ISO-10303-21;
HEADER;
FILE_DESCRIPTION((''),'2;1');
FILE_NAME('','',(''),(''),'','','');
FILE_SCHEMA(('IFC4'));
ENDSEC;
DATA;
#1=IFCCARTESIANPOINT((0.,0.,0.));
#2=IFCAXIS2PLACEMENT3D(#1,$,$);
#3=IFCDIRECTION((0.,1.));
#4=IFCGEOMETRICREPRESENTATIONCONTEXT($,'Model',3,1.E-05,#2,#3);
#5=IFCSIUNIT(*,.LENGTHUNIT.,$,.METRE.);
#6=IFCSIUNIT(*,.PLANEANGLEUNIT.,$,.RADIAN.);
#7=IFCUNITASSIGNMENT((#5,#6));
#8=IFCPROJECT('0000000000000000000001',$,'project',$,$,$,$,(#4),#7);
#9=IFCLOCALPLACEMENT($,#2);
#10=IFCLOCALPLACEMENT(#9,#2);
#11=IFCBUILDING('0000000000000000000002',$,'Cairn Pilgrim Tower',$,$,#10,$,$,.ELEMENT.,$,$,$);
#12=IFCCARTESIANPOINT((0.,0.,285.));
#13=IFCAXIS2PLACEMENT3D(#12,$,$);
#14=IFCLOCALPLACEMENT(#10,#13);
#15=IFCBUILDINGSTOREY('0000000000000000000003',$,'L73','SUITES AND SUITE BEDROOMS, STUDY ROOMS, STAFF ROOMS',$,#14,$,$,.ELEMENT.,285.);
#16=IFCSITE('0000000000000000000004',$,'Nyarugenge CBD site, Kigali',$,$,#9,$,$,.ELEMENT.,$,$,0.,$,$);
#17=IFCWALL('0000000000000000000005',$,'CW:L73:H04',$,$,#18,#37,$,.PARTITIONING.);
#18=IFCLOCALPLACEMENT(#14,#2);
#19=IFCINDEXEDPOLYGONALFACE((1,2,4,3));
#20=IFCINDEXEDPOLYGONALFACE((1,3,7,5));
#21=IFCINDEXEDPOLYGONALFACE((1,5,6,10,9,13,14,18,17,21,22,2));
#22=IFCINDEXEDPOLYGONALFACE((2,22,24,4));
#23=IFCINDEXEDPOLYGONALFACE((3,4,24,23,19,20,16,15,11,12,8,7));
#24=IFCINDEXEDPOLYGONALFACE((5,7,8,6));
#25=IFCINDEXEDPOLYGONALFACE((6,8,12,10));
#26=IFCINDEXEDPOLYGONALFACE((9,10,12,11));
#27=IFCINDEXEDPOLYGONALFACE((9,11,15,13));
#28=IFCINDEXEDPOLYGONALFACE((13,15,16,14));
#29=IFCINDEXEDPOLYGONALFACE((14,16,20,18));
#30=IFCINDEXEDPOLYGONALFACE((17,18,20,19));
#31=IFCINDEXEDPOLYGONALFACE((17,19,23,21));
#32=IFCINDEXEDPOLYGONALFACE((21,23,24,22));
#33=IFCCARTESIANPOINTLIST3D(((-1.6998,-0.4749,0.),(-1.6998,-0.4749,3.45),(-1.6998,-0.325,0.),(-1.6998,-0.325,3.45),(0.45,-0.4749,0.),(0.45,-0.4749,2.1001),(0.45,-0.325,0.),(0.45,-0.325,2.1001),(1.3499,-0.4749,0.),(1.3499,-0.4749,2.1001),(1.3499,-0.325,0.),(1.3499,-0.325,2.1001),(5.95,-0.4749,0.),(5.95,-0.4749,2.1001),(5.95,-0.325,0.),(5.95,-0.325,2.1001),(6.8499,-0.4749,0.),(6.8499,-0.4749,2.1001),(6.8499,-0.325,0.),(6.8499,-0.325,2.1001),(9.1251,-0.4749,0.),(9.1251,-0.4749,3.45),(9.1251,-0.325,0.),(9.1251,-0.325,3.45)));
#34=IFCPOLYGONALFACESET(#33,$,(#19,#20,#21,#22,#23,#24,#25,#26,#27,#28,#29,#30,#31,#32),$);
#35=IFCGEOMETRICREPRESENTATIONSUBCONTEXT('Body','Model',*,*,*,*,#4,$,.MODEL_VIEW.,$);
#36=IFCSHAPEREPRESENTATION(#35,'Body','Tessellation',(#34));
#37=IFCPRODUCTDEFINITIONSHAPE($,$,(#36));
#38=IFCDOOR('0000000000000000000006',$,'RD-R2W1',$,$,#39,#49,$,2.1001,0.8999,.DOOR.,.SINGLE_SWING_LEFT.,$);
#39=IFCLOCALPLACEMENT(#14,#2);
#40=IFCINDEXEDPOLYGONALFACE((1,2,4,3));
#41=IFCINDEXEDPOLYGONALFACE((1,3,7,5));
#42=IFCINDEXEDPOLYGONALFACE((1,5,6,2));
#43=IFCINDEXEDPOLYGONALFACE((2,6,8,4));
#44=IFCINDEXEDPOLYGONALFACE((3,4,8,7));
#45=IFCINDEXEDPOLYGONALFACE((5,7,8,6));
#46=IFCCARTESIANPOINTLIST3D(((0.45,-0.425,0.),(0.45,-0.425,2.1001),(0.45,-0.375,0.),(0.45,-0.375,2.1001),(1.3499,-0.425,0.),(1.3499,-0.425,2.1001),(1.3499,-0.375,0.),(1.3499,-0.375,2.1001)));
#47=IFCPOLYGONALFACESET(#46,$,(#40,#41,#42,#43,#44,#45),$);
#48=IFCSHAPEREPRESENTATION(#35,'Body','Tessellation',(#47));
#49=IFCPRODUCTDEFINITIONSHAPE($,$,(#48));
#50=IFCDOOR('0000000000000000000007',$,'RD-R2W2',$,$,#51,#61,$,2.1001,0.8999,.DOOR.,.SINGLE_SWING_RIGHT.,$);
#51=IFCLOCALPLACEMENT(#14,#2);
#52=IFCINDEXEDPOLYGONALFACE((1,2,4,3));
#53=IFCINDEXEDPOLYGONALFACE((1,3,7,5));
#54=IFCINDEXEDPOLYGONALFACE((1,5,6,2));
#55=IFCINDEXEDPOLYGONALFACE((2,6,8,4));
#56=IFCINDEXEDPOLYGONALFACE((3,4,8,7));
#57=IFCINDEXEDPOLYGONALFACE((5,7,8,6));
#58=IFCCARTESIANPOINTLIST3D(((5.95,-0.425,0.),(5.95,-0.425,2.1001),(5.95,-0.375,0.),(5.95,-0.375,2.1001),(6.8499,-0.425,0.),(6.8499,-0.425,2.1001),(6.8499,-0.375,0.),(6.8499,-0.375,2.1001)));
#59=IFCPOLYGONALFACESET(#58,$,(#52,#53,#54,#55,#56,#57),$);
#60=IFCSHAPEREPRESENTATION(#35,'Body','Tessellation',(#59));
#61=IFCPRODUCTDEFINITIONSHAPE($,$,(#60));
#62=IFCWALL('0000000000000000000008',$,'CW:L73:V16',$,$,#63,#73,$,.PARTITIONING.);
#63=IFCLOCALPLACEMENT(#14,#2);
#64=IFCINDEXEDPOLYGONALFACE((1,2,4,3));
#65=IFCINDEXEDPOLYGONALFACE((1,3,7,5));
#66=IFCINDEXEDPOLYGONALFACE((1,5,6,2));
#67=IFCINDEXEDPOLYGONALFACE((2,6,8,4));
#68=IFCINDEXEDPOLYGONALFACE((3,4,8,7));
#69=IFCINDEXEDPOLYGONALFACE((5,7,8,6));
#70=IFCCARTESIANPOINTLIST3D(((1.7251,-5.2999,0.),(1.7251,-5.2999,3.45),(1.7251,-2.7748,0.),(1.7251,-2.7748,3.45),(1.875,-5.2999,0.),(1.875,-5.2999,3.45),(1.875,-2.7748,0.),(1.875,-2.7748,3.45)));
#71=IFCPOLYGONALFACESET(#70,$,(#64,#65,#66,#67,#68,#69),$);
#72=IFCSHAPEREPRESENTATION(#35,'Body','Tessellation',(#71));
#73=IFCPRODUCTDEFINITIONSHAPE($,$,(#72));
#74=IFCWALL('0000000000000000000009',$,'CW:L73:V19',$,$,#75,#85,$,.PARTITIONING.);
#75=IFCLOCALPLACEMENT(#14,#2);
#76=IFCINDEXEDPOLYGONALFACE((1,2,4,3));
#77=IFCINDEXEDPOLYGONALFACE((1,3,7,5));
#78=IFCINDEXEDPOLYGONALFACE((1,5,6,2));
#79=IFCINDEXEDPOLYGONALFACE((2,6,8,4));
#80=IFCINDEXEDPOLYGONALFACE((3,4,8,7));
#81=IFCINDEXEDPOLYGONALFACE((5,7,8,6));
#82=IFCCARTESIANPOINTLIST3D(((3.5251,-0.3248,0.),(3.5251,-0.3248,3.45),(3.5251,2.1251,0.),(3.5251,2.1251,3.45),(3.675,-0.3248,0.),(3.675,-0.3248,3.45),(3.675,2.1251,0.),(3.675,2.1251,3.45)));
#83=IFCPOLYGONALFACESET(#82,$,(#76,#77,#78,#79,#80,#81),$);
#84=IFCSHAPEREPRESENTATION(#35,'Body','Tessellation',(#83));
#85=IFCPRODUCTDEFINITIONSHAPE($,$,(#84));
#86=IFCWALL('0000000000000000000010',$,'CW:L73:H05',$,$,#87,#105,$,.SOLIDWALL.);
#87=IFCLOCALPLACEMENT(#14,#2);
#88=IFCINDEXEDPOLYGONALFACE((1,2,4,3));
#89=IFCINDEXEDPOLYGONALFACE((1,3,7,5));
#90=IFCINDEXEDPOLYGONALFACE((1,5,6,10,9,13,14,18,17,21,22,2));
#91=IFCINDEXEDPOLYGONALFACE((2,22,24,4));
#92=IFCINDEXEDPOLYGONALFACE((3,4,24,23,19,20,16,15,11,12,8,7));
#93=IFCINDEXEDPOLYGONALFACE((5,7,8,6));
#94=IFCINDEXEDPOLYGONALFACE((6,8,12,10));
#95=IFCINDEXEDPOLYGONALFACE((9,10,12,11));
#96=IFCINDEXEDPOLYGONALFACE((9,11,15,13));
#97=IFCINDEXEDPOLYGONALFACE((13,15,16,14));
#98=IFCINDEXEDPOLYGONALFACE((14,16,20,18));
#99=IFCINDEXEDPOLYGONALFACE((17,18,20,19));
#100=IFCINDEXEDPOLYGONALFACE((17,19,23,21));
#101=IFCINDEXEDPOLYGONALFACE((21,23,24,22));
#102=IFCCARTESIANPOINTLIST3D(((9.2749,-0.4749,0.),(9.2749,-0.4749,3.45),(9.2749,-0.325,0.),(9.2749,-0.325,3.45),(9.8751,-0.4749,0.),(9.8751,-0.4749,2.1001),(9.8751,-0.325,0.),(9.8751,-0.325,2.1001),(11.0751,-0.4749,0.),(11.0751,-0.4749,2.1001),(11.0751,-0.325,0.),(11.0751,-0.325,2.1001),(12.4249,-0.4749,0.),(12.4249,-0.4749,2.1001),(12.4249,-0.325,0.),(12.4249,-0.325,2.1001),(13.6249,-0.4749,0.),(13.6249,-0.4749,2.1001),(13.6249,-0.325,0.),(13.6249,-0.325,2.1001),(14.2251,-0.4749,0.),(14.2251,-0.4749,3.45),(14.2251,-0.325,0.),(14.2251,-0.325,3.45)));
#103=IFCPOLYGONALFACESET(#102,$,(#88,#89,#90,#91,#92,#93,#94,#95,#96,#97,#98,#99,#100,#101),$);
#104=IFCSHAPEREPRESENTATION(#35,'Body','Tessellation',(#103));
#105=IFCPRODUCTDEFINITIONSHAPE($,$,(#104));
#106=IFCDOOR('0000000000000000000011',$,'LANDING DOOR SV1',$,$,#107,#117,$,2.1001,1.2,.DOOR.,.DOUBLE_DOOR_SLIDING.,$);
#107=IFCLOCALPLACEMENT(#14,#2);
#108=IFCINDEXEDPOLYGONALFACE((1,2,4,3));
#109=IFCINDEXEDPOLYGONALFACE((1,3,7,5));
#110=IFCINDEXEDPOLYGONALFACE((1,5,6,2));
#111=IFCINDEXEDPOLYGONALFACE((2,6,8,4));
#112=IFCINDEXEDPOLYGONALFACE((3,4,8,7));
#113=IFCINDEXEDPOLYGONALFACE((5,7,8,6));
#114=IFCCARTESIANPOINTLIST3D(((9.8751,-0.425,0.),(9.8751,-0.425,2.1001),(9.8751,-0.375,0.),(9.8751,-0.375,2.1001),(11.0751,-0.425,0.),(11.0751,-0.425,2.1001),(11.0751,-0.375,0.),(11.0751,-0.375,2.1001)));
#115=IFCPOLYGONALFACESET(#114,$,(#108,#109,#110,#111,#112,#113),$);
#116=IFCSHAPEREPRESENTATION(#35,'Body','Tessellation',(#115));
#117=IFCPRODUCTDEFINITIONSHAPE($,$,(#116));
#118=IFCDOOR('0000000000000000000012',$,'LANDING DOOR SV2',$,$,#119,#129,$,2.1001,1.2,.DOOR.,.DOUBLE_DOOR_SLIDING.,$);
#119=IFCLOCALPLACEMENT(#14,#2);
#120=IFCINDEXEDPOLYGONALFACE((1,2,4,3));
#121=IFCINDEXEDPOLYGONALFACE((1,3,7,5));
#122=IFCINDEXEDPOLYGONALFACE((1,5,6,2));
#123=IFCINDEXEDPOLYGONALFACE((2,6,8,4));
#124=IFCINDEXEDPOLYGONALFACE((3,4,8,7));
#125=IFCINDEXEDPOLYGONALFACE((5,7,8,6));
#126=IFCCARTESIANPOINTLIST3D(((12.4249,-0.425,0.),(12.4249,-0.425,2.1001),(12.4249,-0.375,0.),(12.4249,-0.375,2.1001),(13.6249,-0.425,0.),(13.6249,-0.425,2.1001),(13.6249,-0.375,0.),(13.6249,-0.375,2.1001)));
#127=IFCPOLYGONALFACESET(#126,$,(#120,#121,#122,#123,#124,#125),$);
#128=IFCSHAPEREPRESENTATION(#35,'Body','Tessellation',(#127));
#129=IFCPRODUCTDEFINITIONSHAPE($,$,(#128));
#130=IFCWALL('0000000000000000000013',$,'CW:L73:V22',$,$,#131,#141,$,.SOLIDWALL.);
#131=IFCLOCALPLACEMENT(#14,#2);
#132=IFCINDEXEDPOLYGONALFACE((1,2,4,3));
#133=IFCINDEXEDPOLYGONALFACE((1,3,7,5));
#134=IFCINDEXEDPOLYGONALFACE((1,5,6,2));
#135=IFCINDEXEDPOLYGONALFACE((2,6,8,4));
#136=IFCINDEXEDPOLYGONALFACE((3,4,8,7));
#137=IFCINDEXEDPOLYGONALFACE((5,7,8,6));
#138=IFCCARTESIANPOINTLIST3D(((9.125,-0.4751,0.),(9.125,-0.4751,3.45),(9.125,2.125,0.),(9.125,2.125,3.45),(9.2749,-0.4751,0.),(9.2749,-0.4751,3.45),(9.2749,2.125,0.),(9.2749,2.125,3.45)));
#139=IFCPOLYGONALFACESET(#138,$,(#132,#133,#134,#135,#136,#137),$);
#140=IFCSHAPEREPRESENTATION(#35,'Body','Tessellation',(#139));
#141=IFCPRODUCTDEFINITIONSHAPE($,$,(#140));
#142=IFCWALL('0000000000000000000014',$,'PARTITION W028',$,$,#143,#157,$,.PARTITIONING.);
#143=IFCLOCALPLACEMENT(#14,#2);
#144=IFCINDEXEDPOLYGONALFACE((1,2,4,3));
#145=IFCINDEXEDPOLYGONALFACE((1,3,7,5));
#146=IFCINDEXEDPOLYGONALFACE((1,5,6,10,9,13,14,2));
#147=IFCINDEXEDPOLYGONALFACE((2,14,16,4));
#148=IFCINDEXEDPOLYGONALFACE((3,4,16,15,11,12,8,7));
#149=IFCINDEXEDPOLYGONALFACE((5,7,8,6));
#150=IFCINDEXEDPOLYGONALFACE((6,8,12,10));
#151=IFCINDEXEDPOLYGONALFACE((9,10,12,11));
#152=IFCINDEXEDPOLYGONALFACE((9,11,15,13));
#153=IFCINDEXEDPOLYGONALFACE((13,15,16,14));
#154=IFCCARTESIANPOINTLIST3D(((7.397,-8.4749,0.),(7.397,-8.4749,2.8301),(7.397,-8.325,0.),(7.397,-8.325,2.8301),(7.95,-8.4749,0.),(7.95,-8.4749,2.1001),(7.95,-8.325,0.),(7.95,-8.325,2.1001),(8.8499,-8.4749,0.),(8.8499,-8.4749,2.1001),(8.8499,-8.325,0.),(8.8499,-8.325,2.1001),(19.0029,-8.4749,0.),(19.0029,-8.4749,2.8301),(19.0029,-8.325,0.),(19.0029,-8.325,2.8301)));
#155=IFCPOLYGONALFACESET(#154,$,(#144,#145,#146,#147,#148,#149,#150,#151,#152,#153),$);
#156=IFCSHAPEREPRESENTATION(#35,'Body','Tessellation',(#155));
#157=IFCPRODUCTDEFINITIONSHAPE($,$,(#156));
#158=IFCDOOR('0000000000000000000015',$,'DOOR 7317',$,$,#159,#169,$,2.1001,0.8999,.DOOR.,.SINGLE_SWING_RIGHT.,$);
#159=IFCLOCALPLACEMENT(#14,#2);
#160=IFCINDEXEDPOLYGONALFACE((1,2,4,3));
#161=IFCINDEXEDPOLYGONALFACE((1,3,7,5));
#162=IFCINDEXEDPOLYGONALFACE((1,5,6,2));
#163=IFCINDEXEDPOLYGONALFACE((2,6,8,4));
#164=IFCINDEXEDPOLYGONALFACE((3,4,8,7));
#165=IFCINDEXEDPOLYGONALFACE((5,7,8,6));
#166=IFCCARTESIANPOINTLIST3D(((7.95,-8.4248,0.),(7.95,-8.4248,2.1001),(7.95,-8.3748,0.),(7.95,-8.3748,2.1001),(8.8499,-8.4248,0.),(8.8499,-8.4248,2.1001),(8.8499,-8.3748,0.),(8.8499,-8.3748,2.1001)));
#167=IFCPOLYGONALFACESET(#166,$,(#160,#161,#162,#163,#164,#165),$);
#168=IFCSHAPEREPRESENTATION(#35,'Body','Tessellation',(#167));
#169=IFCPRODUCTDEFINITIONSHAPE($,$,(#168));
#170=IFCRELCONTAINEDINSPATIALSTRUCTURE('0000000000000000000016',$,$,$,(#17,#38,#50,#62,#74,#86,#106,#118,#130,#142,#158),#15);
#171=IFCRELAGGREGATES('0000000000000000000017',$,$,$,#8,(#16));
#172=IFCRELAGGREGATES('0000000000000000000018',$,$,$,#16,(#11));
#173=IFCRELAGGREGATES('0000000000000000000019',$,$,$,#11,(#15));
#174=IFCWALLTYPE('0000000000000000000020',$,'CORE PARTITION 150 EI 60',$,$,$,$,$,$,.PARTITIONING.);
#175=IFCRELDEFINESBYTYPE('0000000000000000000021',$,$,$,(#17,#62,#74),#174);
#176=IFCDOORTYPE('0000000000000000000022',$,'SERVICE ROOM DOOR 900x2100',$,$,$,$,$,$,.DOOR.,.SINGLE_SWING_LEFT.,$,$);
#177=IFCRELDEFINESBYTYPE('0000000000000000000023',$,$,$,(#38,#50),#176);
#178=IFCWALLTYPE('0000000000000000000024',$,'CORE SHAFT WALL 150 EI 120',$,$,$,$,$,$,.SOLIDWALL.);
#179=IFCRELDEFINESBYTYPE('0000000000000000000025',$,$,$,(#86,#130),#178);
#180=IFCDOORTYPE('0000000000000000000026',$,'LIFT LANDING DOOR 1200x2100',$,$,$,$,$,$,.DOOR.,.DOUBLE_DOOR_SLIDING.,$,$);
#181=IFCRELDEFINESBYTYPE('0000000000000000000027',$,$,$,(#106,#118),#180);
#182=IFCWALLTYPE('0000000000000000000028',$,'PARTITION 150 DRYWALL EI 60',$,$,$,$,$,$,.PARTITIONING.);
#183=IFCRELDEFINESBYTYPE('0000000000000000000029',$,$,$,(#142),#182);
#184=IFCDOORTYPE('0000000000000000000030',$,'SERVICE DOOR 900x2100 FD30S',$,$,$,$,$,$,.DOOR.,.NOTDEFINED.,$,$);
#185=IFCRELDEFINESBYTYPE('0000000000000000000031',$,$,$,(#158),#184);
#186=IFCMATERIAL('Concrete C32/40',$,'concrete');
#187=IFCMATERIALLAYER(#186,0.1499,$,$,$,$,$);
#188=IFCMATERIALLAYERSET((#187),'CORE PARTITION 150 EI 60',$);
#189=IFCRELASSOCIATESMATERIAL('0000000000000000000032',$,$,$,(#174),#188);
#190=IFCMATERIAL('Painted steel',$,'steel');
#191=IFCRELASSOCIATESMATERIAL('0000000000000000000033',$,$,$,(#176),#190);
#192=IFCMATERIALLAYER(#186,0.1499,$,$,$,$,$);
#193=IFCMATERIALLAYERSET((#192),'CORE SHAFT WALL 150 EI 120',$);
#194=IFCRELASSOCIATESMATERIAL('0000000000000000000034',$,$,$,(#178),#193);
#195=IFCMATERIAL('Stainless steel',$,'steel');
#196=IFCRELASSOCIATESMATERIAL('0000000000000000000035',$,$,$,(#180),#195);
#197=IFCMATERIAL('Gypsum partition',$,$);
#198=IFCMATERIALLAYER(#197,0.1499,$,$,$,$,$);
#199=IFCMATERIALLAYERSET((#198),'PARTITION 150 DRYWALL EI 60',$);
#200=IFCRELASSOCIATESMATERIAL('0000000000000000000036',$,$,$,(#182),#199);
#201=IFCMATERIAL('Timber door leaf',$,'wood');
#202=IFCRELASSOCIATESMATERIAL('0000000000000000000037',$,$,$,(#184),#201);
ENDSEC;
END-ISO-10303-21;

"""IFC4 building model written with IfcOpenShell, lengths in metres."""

from ifc_helpers import new_model, si_unit, direction, frame, frame_2d, origin, place, context, subcontext, project, spatial, rectangle, extrude, material, layer, layer_set, type_object, element, fill, save


model = new_model("IFC4")

# Units and contexts
model_context = context("Model", 3, precision=1e-05, world=origin(), true_north=direction((0.0, 1.0)))
body_context = subcontext(model_context, "Body", "Model", "MODEL_VIEW")
ifc_project = project(units=[si_unit("LENGTHUNIT", "METRE"), si_unit("PLANEANGLEUNIT", "RADIAN")], contexts=[model_context])

# Site, building, storey
site_placement = place(None, origin())
site = spatial("IfcSite", under=ifc_project, at=site_placement, Name="Nyarugenge CBD site, Kigali", CompositionType="ELEMENT", RefElevation=0.0)
building_placement = place(site_placement, origin())
building = spatial("IfcBuilding", under=site, at=building_placement, Name="Cairn Pilgrim Tower", CompositionType="ELEMENT")
storey_placement = place(building_placement, frame((0.0, 0.0, 285.0)))
storey = spatial("IfcBuildingStorey", under=building, at=storey_placement, Name="L73", Description="SUITES AND SUITE BEDROOMS, STUDY ROOMS, STAFF ROOMS", CompositionType="ELEMENT", Elevation=285.0)

# Shared definitions
ifc_material_1 = material(Name="Concrete C32/40", Category="concrete")

# Wall, openings, doors
ifc_layer_1 = layer(ifc_material_1, 0.1499)
ifc_layer_set_1 = layer_set([ifc_layer_1], Name="CORE PARTITION 150 EI 60")
wall_type_1 = type_object("IfcWallType", Name="CORE PARTITION 150 EI 60", PredefinedType="PARTITIONING", material=ifc_layer_set_1)
wall_1_placement = place(storey_placement, frame((-1.7, -0.3999, 0.0), z_axis=(0.0, 0.0, 1.0), x_axis=(1.0, 0.0, 0.0)))
wall_1 = element("IfcWall", 1, at=wall_1_placement, inside=storey, type_object=wall_type_1, Name="CW:L73:H04", PredefinedType="PARTITIONING", context=body_context, shape_type="SweptSolid", body=[
    extrude(rectangle(XDim=10.825, YDim=0.1499, at=frame_2d((5.4126, 0.0))), origin(), (0.0, 0.0, 1.0), 3.45),
])
opening_1_placement = place(wall_1_placement, frame((2.1499, 0.0, 0.0)))
opening_1 = element("IfcOpeningElement", 2, at=opening_1_placement, cuts=wall_1, PredefinedType="OPENING", context=body_context, shape_type="SweptSolid", body=[
    extrude(rectangle(XDim=0.8999, YDim=2.1001, at=frame_2d((0.45, 1.05))), frame((0.0, 0.085, 0.0), z_axis=(0.0, -1.0, 0.0), x_axis=(1.0, 0.0, 0.0)), (0.0, 0.0, 1.0), 0.1699),
])
opening_2_placement = place(wall_1_placement, frame((7.6499, 0.0, 0.0)))
opening_2 = element("IfcOpeningElement", 3, at=opening_2_placement, cuts=wall_1, PredefinedType="OPENING", context=body_context, shape_type="SweptSolid", body=[
    extrude(rectangle(XDim=0.8999, YDim=2.1001, at=frame_2d((0.45, 1.05))), frame((0.0, 0.085, 0.0), z_axis=(0.0, -1.0, 0.0), x_axis=(1.0, 0.0, 0.0)), (0.0, 0.0, 1.0), 0.1699),
])
ifc_material_2 = material(Name="Painted steel", Category="steel")
door_type_1 = type_object("IfcDoorType", Name="SERVICE ROOM DOOR 900x2100", OperationType="SINGLE_SWING_LEFT", PredefinedType="DOOR", material=ifc_material_2)
door_1_placement = place(opening_1_placement, origin())
door_1 = element("IfcDoor", 4, at=door_1_placement, inside=storey, type_object=door_type_1, Name="RD-R2W1", OperationType="SINGLE_SWING_LEFT", OverallHeight=2.1001, OverallWidth=0.8999, PredefinedType="DOOR", context=body_context, shape_type="SweptSolid", body=[
    extrude(rectangle(XDim=0.8999, YDim=2.1001, at=frame_2d((0.45, 1.05))), frame((0.0, 0.0249, 0.0), z_axis=(0.0, -1.0, 0.0), x_axis=(1.0, 0.0, 0.0)), (0.0, 0.0, 1.0), 0.05),
])
fill(opening_1, door_1)
door_2_placement = place(opening_2_placement, origin())
door_2 = element("IfcDoor", 5, at=door_2_placement, inside=storey, type_object=door_type_1, Name="RD-R2W2", OperationType="SINGLE_SWING_RIGHT", OverallHeight=2.1001, OverallWidth=0.8999, PredefinedType="DOOR", context=body_context, shape_type="SweptSolid", body=[
    extrude(rectangle(XDim=0.8999, YDim=2.1001, at=frame_2d((0.45, 1.05))), frame((0.0, 0.0249, 0.0), z_axis=(0.0, -1.0, 0.0), x_axis=(1.0, 0.0, 0.0)), (0.0, 0.0, 1.0), 0.05),
])
fill(opening_2, door_2)

# Walls
wall_2_placement = place(storey_placement, frame((1.8, -5.3, 0.0), z_axis=(0.0, 0.0, 1.0), x_axis=(0.0, 1.0, 0.0)))
element("IfcWall", 6, at=wall_2_placement, inside=storey, type_object=wall_type_1, Name="CW:L73:V16", PredefinedType="PARTITIONING", context=body_context, shape_type="SweptSolid", body=[
    extrude(rectangle(XDim=2.5251, YDim=0.1499, at=frame_2d((1.2627, 0.0))), origin(), (0.0, 0.0, 1.0), 3.45),
])
wall_3_placement = place(storey_placement, frame((3.6001, -0.325, 0.0), z_axis=(0.0, 0.0, 1.0), x_axis=(0.0, 1.0, 0.0)))
element("IfcWall", 7, at=wall_3_placement, inside=storey, type_object=wall_type_1, Name="CW:L73:V19", PredefinedType="PARTITIONING", context=body_context, shape_type="SweptSolid", body=[
    extrude(rectangle(XDim=2.45, YDim=0.1499, at=frame_2d((1.2251, 0.0))), origin(), (0.0, 0.0, 1.0), 3.45),
])

# Wall, openings, doors
ifc_layer_2 = layer(ifc_material_1, 0.1499)
ifc_layer_set_2 = layer_set([ifc_layer_2], Name="CORE SHAFT WALL 150 EI 120")
wall_type_2 = type_object("IfcWallType", Name="CORE SHAFT WALL 150 EI 120", PredefinedType="SOLIDWALL", material=ifc_layer_set_2)
wall_4_placement = place(storey_placement, frame((9.2749, -0.3999, 0.0), z_axis=(0.0, 0.0, 1.0), x_axis=(1.0, 0.0, 0.0)))
wall_4 = element("IfcWall", 8, at=wall_4_placement, inside=storey, type_object=wall_type_2, Name="CW:L73:H05", PredefinedType="SOLIDWALL", context=body_context, shape_type="SweptSolid", body=[
    extrude(rectangle(XDim=4.9502, YDim=0.1499, at=frame_2d((2.4751, 0.0))), origin(), (0.0, 0.0, 1.0), 3.45),
])
opening_3_placement = place(wall_4_placement, frame((0.6001, 0.0, 0.0)))
opening_3 = element("IfcOpeningElement", 9, at=opening_3_placement, cuts=wall_4, PredefinedType="OPENING", context=body_context, shape_type="SweptSolid", body=[
    extrude(rectangle(XDim=1.2, YDim=2.1001, at=frame_2d((0.6001, 1.05))), frame((0.0, 0.085, 0.0), z_axis=(0.0, -1.0, 0.0), x_axis=(1.0, 0.0, 0.0)), (0.0, 0.0, 1.0), 0.1699),
])
opening_4_placement = place(wall_4_placement, frame((3.1499, 0.0, 0.0)))
opening_4 = element("IfcOpeningElement", 10, at=opening_4_placement, cuts=wall_4, PredefinedType="OPENING", context=body_context, shape_type="SweptSolid", body=[
    extrude(rectangle(XDim=1.2, YDim=2.1001, at=frame_2d((0.6001, 1.05))), frame((0.0, 0.085, 0.0), z_axis=(0.0, -1.0, 0.0), x_axis=(1.0, 0.0, 0.0)), (0.0, 0.0, 1.0), 0.1699),
])
ifc_material_3 = material(Name="Stainless steel", Category="steel")
door_type_2 = type_object("IfcDoorType", Name="LIFT LANDING DOOR 1200x2100", OperationType="DOUBLE_DOOR_SLIDING", PredefinedType="DOOR", material=ifc_material_3)
door_3_placement = place(opening_3_placement, origin())
door_3 = element("IfcDoor", 11, at=door_3_placement, inside=storey, type_object=door_type_2, Name="LANDING DOOR SV1", OperationType="DOUBLE_DOOR_SLIDING", OverallHeight=2.1001, OverallWidth=1.2, PredefinedType="DOOR", context=body_context, shape_type="SweptSolid", body=[
    extrude(rectangle(XDim=1.2, YDim=2.1001, at=frame_2d((0.6001, 1.05))), frame((0.0, 0.0249, 0.0), z_axis=(0.0, -1.0, 0.0), x_axis=(1.0, 0.0, 0.0)), (0.0, 0.0, 1.0), 0.05),
])
fill(opening_3, door_3)
door_4_placement = place(opening_4_placement, origin())
door_4 = element("IfcDoor", 12, at=door_4_placement, inside=storey, type_object=door_type_2, Name="LANDING DOOR SV2", OperationType="DOUBLE_DOOR_SLIDING", OverallHeight=2.1001, OverallWidth=1.2, PredefinedType="DOOR", context=body_context, shape_type="SweptSolid", body=[
    extrude(rectangle(XDim=1.2, YDim=2.1001, at=frame_2d((0.6001, 1.05))), frame((0.0, 0.0249, 0.0), z_axis=(0.0, -1.0, 0.0), x_axis=(1.0, 0.0, 0.0)), (0.0, 0.0, 1.0), 0.05),
])
fill(opening_4, door_4)

# Wall
wall_5_placement = place(storey_placement, frame((9.2, -0.4751, 0.0), z_axis=(0.0, 0.0, 1.0), x_axis=(0.0, 1.0, 0.0)))
element("IfcWall", 13, at=wall_5_placement, inside=storey, type_object=wall_type_2, Name="CW:L73:V22", PredefinedType="SOLIDWALL", context=body_context, shape_type="SweptSolid", body=[
    extrude(rectangle(XDim=2.6001, YDim=0.1499, at=frame_2d((1.3, 0.0))), origin(), (0.0, 0.0, 1.0), 3.45),
])

# Wall, opening, door
ifc_material_4 = material(Name="Gypsum partition")
ifc_layer_3 = layer(ifc_material_4, 0.1499)
ifc_layer_set_3 = layer_set([ifc_layer_3], Name="PARTITION 150 DRYWALL EI 60")
wall_type_3 = type_object("IfcWallType", Name="PARTITION 150 DRYWALL EI 60", PredefinedType="PARTITIONING", material=ifc_layer_set_3)
wall_6_placement = place(storey_placement, frame((7.397, -8.3999, 0.0), z_axis=(0.0, 0.0, 1.0), x_axis=(1.0, 0.0, 0.0)))
wall_6 = element("IfcWall", 14, at=wall_6_placement, inside=storey, type_object=wall_type_3, Name="PARTITION W028", PredefinedType="PARTITIONING", context=body_context, shape_type="SweptSolid", body=[
    extrude(rectangle(XDim=11.606, YDim=0.1499, at=frame_2d((5.803, 0.0))), origin(), (0.0, 0.0, 1.0), 2.8301),
])
opening_5_placement = place(wall_6_placement, frame((0.553, 0.0, 0.0)))
opening_5 = element("IfcOpeningElement", 15, at=opening_5_placement, cuts=wall_6, PredefinedType="OPENING", context=body_context, shape_type="SweptSolid", body=[
    extrude(rectangle(XDim=0.8999, YDim=2.1001, at=frame_2d((0.45, 1.05))), frame((0.0, 0.085, 0.0), z_axis=(0.0, -1.0, 0.0), x_axis=(1.0, 0.0, 0.0)), (0.0, 0.0, 1.0), 0.1699),
])
ifc_material_5 = material(Name="Timber door leaf", Category="wood")
door_type_3 = type_object("IfcDoorType", Name="SERVICE DOOR 900x2100 FD30S", OperationType="NOTDEFINED", PredefinedType="DOOR", material=ifc_material_5)
door_5_placement = place(opening_5_placement, frame((0.8999, 0.0, 0.0), z_axis=(0.0, 0.0, 1.0), x_axis=(-1.0, 0.0, 0.0)))
door_5 = element("IfcDoor", 16, at=door_5_placement, inside=storey, type_object=door_type_3, Name="DOOR 7317", OperationType="SINGLE_SWING_RIGHT", OverallHeight=2.1001, OverallWidth=0.8999, PredefinedType="DOOR", context=body_context, shape_type="SweptSolid", body=[
    extrude(rectangle(XDim=0.8999, YDim=2.1001, at=frame_2d((0.45, 1.05))), frame((0.0, 0.0249, 0.0), z_axis=(0.0, -1.0, 0.0), x_axis=(1.0, 0.0, 0.0)), (0.0, 0.0, 1.0), 0.05),
])
fill(opening_5, door_5)

save(model, "model.ifc")
